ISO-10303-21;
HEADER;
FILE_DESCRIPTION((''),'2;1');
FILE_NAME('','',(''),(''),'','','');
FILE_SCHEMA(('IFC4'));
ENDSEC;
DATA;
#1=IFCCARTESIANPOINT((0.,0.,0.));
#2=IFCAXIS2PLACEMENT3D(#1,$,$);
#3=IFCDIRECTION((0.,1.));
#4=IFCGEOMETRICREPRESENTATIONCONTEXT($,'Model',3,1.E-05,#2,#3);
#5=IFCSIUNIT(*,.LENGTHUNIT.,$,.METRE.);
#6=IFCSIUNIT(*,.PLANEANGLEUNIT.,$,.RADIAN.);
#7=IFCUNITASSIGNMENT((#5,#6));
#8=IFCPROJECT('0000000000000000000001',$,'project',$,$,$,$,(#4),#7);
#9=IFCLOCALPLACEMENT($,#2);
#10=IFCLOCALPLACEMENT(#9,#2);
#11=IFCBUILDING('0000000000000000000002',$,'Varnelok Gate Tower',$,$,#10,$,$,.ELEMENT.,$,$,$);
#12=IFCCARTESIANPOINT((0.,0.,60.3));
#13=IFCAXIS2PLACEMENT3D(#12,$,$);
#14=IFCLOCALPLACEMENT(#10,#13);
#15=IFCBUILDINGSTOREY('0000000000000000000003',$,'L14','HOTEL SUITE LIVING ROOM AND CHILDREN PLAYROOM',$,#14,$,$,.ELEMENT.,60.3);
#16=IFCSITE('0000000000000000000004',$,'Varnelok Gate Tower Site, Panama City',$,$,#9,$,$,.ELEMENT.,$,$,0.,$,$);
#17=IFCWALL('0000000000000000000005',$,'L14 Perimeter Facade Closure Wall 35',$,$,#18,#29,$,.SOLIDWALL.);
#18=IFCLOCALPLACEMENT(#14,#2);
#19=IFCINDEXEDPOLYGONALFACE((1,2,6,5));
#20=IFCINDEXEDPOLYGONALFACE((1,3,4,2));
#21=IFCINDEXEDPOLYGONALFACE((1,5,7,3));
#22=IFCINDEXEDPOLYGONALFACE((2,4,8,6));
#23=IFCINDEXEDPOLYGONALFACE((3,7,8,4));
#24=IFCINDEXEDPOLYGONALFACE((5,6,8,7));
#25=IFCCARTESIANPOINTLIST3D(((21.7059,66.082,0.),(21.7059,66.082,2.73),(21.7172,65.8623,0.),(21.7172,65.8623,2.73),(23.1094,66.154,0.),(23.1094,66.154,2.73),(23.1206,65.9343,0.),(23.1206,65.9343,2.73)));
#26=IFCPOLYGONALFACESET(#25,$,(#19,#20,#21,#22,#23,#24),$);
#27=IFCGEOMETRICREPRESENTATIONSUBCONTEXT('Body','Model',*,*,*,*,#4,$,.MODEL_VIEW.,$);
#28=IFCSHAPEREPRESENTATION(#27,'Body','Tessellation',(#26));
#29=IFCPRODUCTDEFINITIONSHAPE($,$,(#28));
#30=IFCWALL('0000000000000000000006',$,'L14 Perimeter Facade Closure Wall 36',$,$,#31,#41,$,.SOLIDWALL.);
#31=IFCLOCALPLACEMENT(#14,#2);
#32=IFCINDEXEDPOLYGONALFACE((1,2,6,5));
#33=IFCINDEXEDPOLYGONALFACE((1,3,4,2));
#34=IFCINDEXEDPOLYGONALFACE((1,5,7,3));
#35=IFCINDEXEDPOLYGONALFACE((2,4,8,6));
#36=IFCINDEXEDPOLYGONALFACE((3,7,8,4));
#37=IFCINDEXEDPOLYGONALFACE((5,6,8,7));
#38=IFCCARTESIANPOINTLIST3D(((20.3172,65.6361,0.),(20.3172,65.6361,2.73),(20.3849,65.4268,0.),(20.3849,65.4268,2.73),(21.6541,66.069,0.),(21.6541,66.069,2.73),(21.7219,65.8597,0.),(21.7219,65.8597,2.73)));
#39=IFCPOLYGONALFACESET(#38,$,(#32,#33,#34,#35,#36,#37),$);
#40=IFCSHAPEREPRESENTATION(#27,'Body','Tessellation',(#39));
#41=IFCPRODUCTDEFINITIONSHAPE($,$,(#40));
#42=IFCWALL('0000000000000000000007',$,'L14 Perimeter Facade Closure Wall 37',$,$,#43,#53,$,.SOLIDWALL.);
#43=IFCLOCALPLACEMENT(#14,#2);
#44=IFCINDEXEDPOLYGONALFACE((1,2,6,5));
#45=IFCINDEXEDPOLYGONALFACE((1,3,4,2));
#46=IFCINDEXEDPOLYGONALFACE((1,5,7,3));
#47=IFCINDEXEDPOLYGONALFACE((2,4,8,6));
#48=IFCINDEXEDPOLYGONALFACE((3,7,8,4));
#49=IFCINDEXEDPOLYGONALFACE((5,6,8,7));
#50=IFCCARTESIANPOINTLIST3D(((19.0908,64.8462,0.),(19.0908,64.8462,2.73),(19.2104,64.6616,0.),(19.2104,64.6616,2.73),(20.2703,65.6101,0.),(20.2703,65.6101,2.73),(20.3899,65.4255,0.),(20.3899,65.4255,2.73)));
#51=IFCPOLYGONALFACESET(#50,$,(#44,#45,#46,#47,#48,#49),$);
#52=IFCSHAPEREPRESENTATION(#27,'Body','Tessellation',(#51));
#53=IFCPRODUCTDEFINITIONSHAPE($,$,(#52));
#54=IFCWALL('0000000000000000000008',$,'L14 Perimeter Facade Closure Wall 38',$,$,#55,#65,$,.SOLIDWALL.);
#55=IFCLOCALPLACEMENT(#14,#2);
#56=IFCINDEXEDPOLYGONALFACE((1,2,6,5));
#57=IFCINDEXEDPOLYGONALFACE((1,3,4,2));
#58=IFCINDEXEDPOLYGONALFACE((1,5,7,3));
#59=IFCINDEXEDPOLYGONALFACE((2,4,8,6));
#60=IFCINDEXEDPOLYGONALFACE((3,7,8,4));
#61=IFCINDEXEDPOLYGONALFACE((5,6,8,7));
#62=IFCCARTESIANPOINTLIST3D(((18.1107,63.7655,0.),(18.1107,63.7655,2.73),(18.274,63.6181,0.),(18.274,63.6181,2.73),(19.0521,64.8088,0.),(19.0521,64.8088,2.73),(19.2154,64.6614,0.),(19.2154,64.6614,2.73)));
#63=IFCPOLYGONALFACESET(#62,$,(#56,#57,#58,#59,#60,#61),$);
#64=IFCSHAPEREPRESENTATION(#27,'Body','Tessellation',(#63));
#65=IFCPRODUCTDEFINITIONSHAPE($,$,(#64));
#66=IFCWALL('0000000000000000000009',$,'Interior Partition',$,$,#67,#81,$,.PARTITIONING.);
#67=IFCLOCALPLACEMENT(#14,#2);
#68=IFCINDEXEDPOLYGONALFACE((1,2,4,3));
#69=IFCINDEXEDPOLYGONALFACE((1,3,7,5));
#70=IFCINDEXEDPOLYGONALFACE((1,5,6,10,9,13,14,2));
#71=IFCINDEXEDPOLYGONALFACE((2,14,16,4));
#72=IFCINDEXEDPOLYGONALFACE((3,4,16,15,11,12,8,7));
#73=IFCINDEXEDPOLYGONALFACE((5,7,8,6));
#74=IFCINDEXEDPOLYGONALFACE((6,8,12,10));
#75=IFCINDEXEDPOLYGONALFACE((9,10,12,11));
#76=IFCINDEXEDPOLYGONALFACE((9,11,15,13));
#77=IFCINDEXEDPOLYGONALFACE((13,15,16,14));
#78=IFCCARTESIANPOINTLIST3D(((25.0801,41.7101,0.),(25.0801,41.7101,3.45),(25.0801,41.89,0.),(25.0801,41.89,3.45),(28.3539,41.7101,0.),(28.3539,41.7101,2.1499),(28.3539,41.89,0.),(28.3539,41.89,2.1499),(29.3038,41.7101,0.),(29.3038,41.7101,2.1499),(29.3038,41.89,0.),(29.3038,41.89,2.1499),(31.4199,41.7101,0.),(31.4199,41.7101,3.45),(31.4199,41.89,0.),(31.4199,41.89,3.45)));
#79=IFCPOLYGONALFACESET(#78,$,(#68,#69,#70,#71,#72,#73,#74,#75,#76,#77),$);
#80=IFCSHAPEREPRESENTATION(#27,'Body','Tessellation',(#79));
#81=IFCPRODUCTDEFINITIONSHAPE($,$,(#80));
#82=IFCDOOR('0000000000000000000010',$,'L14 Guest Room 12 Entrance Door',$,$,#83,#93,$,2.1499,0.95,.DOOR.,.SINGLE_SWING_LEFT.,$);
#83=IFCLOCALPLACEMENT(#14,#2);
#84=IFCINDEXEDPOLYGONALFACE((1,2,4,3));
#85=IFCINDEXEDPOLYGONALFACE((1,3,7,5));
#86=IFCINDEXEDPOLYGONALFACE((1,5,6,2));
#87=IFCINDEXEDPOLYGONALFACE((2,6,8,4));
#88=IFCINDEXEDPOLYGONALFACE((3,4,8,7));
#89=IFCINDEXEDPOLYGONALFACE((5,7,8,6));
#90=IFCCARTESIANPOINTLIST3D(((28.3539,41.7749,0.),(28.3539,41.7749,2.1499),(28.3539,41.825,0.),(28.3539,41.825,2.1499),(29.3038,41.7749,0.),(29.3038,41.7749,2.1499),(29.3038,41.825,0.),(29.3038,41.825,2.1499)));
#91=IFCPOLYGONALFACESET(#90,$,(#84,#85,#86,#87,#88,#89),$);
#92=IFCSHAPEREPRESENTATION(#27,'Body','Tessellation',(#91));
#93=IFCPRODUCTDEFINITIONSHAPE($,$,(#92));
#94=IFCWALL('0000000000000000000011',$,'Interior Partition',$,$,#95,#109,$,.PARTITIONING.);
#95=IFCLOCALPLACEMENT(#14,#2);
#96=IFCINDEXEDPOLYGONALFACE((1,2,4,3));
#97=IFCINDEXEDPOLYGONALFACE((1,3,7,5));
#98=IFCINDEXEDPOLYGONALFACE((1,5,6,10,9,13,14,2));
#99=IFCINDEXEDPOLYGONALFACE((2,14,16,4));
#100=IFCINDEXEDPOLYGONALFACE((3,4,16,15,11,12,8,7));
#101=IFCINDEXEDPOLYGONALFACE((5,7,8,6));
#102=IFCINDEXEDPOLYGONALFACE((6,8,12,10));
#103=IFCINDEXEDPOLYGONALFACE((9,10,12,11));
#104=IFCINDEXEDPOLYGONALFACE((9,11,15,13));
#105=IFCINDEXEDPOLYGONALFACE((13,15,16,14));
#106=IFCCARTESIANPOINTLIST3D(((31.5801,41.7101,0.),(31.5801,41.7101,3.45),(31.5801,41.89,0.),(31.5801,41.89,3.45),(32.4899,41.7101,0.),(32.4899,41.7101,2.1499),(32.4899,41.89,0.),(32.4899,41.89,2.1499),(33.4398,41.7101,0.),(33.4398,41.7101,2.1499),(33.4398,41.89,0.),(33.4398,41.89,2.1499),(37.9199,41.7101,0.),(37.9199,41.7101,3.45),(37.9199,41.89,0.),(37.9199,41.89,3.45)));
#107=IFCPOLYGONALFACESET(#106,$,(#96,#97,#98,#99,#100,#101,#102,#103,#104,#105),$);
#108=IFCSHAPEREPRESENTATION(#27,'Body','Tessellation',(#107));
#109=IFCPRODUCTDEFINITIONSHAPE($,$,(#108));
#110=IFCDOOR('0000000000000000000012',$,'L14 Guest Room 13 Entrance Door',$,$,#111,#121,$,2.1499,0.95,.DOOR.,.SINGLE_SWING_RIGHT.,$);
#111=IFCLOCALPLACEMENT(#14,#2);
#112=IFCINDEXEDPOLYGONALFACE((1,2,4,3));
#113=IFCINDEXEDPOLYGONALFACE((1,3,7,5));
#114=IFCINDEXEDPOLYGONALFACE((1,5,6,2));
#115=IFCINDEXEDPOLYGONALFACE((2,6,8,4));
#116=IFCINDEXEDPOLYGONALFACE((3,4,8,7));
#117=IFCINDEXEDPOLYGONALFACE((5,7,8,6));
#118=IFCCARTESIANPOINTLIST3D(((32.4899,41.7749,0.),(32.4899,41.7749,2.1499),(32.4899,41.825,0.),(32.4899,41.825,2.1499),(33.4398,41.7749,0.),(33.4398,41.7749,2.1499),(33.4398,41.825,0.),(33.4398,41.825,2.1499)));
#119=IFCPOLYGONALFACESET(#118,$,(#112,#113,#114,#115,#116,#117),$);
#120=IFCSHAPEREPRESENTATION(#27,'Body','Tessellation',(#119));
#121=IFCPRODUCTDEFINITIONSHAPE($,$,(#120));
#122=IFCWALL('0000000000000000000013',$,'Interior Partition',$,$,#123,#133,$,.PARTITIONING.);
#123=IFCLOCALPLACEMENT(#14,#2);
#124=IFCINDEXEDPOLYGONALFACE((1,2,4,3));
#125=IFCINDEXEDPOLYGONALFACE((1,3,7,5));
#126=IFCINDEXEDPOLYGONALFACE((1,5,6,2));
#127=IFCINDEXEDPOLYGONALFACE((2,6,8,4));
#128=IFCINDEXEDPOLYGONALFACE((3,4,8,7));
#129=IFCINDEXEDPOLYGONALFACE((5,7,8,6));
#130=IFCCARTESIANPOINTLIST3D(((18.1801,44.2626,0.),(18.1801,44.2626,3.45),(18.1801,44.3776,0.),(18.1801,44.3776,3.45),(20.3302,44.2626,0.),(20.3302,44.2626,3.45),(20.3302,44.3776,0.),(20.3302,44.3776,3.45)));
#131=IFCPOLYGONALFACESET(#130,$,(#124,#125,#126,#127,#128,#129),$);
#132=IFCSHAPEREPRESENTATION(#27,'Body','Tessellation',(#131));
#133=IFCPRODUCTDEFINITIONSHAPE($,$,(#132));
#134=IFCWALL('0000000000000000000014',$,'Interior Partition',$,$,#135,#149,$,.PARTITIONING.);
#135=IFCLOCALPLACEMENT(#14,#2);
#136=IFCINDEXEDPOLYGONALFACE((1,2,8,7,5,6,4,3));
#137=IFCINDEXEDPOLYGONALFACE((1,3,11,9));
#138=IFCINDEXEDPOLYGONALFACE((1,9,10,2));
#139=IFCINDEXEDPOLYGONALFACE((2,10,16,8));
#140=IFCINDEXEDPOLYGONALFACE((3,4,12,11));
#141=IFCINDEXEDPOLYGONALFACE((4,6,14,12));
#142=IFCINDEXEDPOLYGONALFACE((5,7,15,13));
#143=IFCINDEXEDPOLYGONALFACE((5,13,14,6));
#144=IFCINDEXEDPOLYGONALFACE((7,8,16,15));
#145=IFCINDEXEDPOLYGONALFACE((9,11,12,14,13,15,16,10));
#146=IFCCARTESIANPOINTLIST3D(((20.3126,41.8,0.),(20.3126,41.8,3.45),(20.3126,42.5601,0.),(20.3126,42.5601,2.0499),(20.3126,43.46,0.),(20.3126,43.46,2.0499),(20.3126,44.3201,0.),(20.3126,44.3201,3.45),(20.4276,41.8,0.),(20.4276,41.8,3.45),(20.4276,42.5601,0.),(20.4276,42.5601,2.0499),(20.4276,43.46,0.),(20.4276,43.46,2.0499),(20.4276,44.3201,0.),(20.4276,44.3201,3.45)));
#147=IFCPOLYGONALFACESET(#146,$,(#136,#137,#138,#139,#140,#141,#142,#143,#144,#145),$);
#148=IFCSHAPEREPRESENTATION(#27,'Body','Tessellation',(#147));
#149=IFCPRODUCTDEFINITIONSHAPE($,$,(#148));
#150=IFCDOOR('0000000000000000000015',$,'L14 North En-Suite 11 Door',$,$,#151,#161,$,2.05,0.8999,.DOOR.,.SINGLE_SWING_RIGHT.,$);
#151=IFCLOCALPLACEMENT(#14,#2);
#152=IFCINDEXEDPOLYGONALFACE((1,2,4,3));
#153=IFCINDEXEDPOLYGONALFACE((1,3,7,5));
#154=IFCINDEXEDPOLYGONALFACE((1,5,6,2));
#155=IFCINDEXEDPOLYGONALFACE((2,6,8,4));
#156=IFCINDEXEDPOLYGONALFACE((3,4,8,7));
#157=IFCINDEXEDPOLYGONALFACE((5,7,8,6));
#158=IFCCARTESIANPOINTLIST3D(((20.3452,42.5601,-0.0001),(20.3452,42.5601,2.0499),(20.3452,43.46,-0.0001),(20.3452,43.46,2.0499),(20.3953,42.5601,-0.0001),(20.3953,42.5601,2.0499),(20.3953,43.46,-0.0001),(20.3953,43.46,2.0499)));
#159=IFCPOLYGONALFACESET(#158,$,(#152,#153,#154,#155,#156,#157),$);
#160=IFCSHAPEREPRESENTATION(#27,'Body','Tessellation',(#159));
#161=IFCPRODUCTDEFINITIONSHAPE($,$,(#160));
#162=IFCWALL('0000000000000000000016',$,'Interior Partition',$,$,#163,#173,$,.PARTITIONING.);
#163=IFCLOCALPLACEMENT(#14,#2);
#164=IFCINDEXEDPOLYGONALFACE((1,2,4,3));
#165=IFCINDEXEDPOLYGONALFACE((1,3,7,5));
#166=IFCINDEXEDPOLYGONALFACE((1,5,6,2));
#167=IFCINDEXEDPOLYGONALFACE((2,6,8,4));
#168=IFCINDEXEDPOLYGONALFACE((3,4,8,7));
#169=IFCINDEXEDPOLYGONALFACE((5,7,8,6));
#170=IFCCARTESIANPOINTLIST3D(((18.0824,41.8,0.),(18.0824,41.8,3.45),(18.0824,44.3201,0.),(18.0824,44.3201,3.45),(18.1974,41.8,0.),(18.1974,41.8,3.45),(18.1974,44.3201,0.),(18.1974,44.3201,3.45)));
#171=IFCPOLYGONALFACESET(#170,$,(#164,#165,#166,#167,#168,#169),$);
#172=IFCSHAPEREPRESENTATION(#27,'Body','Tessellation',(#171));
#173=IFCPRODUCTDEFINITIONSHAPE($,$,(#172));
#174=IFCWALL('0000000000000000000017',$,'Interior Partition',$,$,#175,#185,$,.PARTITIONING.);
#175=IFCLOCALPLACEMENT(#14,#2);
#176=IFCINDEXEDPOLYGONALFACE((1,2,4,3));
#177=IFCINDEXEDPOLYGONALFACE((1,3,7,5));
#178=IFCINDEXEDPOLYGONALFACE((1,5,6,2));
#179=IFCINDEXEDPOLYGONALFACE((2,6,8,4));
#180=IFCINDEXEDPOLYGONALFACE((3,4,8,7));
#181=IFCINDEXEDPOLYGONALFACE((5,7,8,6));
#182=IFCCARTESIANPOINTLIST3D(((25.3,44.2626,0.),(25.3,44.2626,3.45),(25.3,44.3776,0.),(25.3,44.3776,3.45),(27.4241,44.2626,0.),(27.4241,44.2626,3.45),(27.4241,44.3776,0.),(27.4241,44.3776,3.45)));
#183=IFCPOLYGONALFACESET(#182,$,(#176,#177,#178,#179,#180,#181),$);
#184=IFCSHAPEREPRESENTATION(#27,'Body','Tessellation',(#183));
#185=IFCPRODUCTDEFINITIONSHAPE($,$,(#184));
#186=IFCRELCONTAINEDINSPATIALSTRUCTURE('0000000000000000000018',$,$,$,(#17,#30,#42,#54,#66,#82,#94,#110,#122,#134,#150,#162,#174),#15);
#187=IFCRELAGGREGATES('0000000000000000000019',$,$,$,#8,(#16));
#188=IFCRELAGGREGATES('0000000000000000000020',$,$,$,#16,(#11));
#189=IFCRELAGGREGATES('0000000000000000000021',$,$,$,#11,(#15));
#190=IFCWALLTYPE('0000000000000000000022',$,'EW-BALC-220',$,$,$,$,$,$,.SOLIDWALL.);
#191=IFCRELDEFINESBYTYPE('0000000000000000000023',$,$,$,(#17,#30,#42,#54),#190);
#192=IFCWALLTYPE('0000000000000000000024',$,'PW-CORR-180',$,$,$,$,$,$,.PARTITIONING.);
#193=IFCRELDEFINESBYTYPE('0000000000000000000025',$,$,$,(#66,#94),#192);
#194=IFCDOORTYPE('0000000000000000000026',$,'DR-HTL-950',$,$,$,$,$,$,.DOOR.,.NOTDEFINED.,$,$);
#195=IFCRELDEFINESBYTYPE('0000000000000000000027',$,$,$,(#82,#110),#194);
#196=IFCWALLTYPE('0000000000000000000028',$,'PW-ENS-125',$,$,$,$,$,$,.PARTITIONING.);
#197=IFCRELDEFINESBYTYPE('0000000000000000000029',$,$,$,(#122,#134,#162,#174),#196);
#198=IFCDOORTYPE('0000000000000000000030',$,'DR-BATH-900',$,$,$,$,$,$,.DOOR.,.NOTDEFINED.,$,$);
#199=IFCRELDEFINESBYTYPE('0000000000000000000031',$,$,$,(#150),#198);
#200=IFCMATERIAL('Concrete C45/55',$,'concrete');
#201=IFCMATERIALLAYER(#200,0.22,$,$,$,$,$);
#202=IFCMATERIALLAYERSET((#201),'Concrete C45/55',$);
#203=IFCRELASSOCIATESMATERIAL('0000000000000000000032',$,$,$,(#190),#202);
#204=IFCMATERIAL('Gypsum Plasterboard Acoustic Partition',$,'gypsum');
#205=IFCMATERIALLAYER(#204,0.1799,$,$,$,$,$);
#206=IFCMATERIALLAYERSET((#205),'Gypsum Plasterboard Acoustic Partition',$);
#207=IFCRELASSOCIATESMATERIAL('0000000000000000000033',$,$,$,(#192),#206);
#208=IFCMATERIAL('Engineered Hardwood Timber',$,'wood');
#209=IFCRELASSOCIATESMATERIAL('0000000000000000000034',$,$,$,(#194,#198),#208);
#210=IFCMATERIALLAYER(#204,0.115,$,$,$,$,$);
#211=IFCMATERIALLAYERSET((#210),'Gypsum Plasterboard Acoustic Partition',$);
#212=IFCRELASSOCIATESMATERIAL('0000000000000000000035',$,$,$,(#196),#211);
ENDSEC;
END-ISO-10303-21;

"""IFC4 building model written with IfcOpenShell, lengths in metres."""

from ifc_helpers import new_model, si_unit, direction, frame, frame_2d, origin, place, context, subcontext, project, spatial, rectangle, extrude, material, layer, layer_set, type_object, element, fill, save


model = new_model("IFC4")

# Units and contexts
model_context = context("Model", 3, precision=1e-05, world=origin(), true_north=direction((0.0, 1.0)))
body_context = subcontext(model_context, "Body", "Model", "MODEL_VIEW")
ifc_project = project(units=[si_unit("LENGTHUNIT", "METRE"), si_unit("PLANEANGLEUNIT", "RADIAN")], contexts=[model_context])

# Site, building, storey
site_placement = place(None, origin())
site = spatial("IfcSite", under=ifc_project, at=site_placement, Name="Varnelok Gate Tower Site, Panama City", CompositionType="ELEMENT", RefElevation=0.0)
building_placement = place(site_placement, origin())
building = spatial("IfcBuilding", under=site, at=building_placement, Name="Varnelok Gate Tower", CompositionType="ELEMENT")
storey_placement = place(building_placement, frame((0.0, 0.0, 60.3)))
storey = spatial("IfcBuildingStorey", under=building, at=storey_placement, Name="L14", Description="HOTEL SUITE LIVING ROOM AND CHILDREN PLAYROOM", CompositionType="ELEMENT", Elevation=60.3)

# Walls
ifc_material_1 = material(Name="Concrete C45/55", Category="concrete")
ifc_layer_1 = layer(ifc_material_1, 0.22)
ifc_layer_set_1 = layer_set([ifc_layer_1], Name="Concrete C45/55")
wall_type_1 = type_object("IfcWallType", Name="EW-BALC-220", PredefinedType="SOLIDWALL", material=ifc_layer_set_1)
for number, where, z_axis, x_axis, name in (
    (1, (23.115, 66.0442, 0.0), (0.0, 0.0, 1.0), (-0.998686, -0.051255, 0.0), "L14 Perimeter Facade Closure Wall 35"),
    (2, (21.688, 65.9644, 0.0), (0.0, 0.0, 1.0), (-0.951376, -0.308033, 0.0), "L14 Perimeter Facade Closure Wall 36"),
    (3, (20.3301, 65.5178, 0.0), (0.0, 0.0, 1.0), (-0.839328, -0.543626, 0.0), "L14 Perimeter Facade Closure Wall 37"),
    (4, (19.1338, 64.7351, 0.0), (0.0, 0.0, 1.0), (-0.669953, -0.742404, 0.0), "L14 Perimeter Facade Closure Wall 38"),
):
    element("IfcWall", number, at=place(storey_placement, frame(where, z_axis=z_axis, x_axis=x_axis)), inside=storey, type_object=wall_type_1, Name=name, PredefinedType="SOLIDWALL", context=body_context, shape_type="SweptSolid", body=[
        extrude(rectangle(XDim=1.4053, YDim=0.22, at=frame_2d((0.7026, 0.0))), origin(), (0.0, 0.0, 1.0), 2.73),
    ])

# Walls, openings, doors
ifc_material_2 = material(Name="Gypsum Plasterboard Acoustic Partition", Category="gypsum")
ifc_layer_2 = layer(ifc_material_2, 0.1799)
ifc_layer_set_2 = layer_set([ifc_layer_2], Name="Gypsum Plasterboard Acoustic Partition")
wall_type_2 = type_object("IfcWallType", Name="PW-CORR-180", PredefinedType="PARTITIONING", material=ifc_layer_set_2)
wall_1_placement = place(storey_placement, frame((25.0801, 41.8, 0.0), z_axis=(0.0, 0.0, 1.0), x_axis=(1.0, 0.0, 0.0)))
wall_1 = element("IfcWall", 5, at=wall_1_placement, inside=storey, type_object=wall_type_2, Name="Interior Partition", PredefinedType="PARTITIONING", context=body_context, shape_type="SweptSolid", body=[
    extrude(rectangle(XDim=6.3398, YDim=0.1799, at=frame_2d((3.1699, 0.0))), origin(), (0.0, 0.0, 1.0), 3.45),
])
opening_1_placement = place(wall_1_placement, frame((3.2737, 0.0, 0.0)))
opening_1 = element("IfcOpeningElement", 6, at=opening_1_placement, cuts=wall_1, PredefinedType="OPENING", context=body_context, shape_type="SweptSolid", body=[
    extrude(rectangle(XDim=0.95, YDim=2.1499, at=frame_2d((0.4751, 1.075))), frame((0.0, 0.0999, 0.0), z_axis=(0.0, -1.0, 0.0), x_axis=(1.0, 0.0, 0.0)), (0.0, 0.0, 1.0), 0.2),
])
ifc_material_3 = material(Name="Engineered Hardwood Timber", Category="wood")
door_type_1 = type_object("IfcDoorType", Name="DR-HTL-950", OperationType="NOTDEFINED", PredefinedType="DOOR", material=ifc_material_3)
door_1_placement = place(opening_1_placement, origin())
door_1 = element("IfcDoor", 7, at=door_1_placement, inside=storey, type_object=door_type_1, Name="L14 Guest Room 12 Entrance Door", OperationType="SINGLE_SWING_LEFT", OverallHeight=2.1499, OverallWidth=0.95, PredefinedType="DOOR", context=body_context, shape_type="SweptSolid", body=[
    extrude(rectangle(XDim=0.95, YDim=2.1499, at=frame_2d((0.4751, 1.075))), frame((0.0, 0.0249, 0.0), z_axis=(0.0, -1.0, 0.0), x_axis=(1.0, 0.0, 0.0)), (0.0, 0.0, 1.0), 0.05),
])
fill(opening_1, door_1)
wall_2_placement = place(storey_placement, frame((31.5801, 41.8, 0.0), z_axis=(0.0, 0.0, 1.0), x_axis=(1.0, 0.0, 0.0)))
wall_2 = element("IfcWall", 8, at=wall_2_placement, inside=storey, type_object=wall_type_2, Name="Interior Partition", PredefinedType="PARTITIONING", context=body_context, shape_type="SweptSolid", body=[
    extrude(rectangle(XDim=6.3398, YDim=0.1799, at=frame_2d((3.1699, 0.0))), origin(), (0.0, 0.0, 1.0), 3.45),
])
opening_2_placement = place(wall_2_placement, frame((0.9097, 0.0, 0.0)))
opening_2 = element("IfcOpeningElement", 9, at=opening_2_placement, cuts=wall_2, PredefinedType="OPENING", context=body_context, shape_type="SweptSolid", body=[
    extrude(rectangle(XDim=0.95, YDim=2.1499, at=frame_2d((0.4751, 1.075))), frame((0.0, 0.0999, 0.0), z_axis=(0.0, -1.0, 0.0), x_axis=(1.0, 0.0, 0.0)), (0.0, 0.0, 1.0), 0.2),
])
door_2_placement = place(opening_2_placement, origin())
door_2 = element("IfcDoor", 10, at=door_2_placement, inside=storey, type_object=door_type_1, Name="L14 Guest Room 13 Entrance Door", OperationType="SINGLE_SWING_RIGHT", OverallHeight=2.1499, OverallWidth=0.95, PredefinedType="DOOR", context=body_context, shape_type="SweptSolid", body=[
    extrude(rectangle(XDim=0.95, YDim=2.1499, at=frame_2d((0.4751, 1.075))), frame((0.0, 0.0249, 0.0), z_axis=(0.0, -1.0, 0.0), x_axis=(1.0, 0.0, 0.0)), (0.0, 0.0, 1.0), 0.05),
])
fill(opening_2, door_2)

# Wall
ifc_layer_3 = layer(ifc_material_2, 0.115)
ifc_layer_set_3 = layer_set([ifc_layer_3], Name="Gypsum Plasterboard Acoustic Partition")
wall_type_3 = type_object("IfcWallType", Name="PW-ENS-125", PredefinedType="PARTITIONING", material=ifc_layer_set_3)
wall_3_placement = place(storey_placement, frame((18.1799, 44.3201, 0.0), z_axis=(0.0, 0.0, 1.0), x_axis=(1.0, 0.0, 0.0)))
element("IfcWall", 11, at=wall_3_placement, inside=storey, type_object=wall_type_3, Name="Interior Partition", PredefinedType="PARTITIONING", context=body_context, shape_type="SweptSolid", body=[
    extrude(rectangle(XDim=2.1501, YDim=0.115, at=frame_2d((1.0752, 0.0))), origin(), (0.0, 0.0, 1.0), 3.45),
])

# Wall, opening, door
wall_4_placement = place(storey_placement, frame((20.3701, 41.8, 0.0), z_axis=(0.0, 0.0, 1.0), x_axis=(0.0, 1.0, 0.0)))
wall_4 = element("IfcWall", 12, at=wall_4_placement, inside=storey, type_object=wall_type_3, Name="Interior Partition", PredefinedType="PARTITIONING", context=body_context, shape_type="SweptSolid", body=[
    extrude(rectangle(XDim=2.52, YDim=0.115, at=frame_2d((1.26, 0.0))), origin(), (0.0, 0.0, 1.0), 3.45),
])
opening_3_placement = place(wall_4_placement, frame((0.76, 0.0, 0.0)))
opening_3 = element("IfcOpeningElement", 13, at=opening_3_placement, cuts=wall_4, PredefinedType="OPENING", context=body_context, shape_type="SweptSolid", body=[
    extrude(rectangle(XDim=0.8999, YDim=2.05, at=frame_2d((0.45, 1.0249))), frame((0.0, 0.0674, 0.0), z_axis=(0.0, -1.0, 0.0), x_axis=(1.0, 0.0, 0.0)), (0.0, 0.0, 1.0), 0.135),
])
door_type_2 = type_object("IfcDoorType", Name="DR-BATH-900", OperationType="NOTDEFINED", PredefinedType="DOOR", material=ifc_material_3)
door_3_placement = place(opening_3_placement, origin())
door_3 = element("IfcDoor", 14, at=door_3_placement, inside=storey, type_object=door_type_2, Name="L14 North En-Suite 11 Door", OperationType="SINGLE_SWING_RIGHT", OverallHeight=2.05, OverallWidth=0.8999, PredefinedType="DOOR", context=body_context, shape_type="SweptSolid", body=[
    extrude(rectangle(XDim=0.8999, YDim=2.05, at=frame_2d((0.45, 1.0249))), frame((0.0, 0.0249, 0.0), z_axis=(0.0, -1.0, 0.0), x_axis=(1.0, 0.0, 0.0)), (0.0, 0.0, 1.0), 0.05),
])
fill(opening_3, door_3)

# Walls
wall_5_placement = place(storey_placement, frame((18.1399, 41.8, 0.0), z_axis=(0.0, 0.0, 1.0), x_axis=(0.0, 1.0, 0.0)))
element("IfcWall", 15, at=wall_5_placement, inside=storey, type_object=wall_type_3, Name="Interior Partition", PredefinedType="PARTITIONING", context=body_context, shape_type="SweptSolid", body=[
    extrude(rectangle(XDim=2.52, YDim=0.115, at=frame_2d((1.26, 0.0))), origin(), (0.0, 0.0, 1.0), 3.45),
])
wall_6_placement = place(storey_placement, frame((25.3, 44.3201, 0.0), z_axis=(0.0, 0.0, 1.0), x_axis=(1.0, 0.0, 0.0)))
element("IfcWall", 16, at=wall_6_placement, inside=storey, type_object=wall_type_3, Name="Interior Partition", PredefinedType="PARTITIONING", context=body_context, shape_type="SweptSolid", body=[
    extrude(rectangle(XDim=2.124, YDim=0.115, at=frame_2d((1.062, 0.0))), origin(), (0.0, 0.0, 1.0), 3.45),
])

save(model, "model.ifc")
